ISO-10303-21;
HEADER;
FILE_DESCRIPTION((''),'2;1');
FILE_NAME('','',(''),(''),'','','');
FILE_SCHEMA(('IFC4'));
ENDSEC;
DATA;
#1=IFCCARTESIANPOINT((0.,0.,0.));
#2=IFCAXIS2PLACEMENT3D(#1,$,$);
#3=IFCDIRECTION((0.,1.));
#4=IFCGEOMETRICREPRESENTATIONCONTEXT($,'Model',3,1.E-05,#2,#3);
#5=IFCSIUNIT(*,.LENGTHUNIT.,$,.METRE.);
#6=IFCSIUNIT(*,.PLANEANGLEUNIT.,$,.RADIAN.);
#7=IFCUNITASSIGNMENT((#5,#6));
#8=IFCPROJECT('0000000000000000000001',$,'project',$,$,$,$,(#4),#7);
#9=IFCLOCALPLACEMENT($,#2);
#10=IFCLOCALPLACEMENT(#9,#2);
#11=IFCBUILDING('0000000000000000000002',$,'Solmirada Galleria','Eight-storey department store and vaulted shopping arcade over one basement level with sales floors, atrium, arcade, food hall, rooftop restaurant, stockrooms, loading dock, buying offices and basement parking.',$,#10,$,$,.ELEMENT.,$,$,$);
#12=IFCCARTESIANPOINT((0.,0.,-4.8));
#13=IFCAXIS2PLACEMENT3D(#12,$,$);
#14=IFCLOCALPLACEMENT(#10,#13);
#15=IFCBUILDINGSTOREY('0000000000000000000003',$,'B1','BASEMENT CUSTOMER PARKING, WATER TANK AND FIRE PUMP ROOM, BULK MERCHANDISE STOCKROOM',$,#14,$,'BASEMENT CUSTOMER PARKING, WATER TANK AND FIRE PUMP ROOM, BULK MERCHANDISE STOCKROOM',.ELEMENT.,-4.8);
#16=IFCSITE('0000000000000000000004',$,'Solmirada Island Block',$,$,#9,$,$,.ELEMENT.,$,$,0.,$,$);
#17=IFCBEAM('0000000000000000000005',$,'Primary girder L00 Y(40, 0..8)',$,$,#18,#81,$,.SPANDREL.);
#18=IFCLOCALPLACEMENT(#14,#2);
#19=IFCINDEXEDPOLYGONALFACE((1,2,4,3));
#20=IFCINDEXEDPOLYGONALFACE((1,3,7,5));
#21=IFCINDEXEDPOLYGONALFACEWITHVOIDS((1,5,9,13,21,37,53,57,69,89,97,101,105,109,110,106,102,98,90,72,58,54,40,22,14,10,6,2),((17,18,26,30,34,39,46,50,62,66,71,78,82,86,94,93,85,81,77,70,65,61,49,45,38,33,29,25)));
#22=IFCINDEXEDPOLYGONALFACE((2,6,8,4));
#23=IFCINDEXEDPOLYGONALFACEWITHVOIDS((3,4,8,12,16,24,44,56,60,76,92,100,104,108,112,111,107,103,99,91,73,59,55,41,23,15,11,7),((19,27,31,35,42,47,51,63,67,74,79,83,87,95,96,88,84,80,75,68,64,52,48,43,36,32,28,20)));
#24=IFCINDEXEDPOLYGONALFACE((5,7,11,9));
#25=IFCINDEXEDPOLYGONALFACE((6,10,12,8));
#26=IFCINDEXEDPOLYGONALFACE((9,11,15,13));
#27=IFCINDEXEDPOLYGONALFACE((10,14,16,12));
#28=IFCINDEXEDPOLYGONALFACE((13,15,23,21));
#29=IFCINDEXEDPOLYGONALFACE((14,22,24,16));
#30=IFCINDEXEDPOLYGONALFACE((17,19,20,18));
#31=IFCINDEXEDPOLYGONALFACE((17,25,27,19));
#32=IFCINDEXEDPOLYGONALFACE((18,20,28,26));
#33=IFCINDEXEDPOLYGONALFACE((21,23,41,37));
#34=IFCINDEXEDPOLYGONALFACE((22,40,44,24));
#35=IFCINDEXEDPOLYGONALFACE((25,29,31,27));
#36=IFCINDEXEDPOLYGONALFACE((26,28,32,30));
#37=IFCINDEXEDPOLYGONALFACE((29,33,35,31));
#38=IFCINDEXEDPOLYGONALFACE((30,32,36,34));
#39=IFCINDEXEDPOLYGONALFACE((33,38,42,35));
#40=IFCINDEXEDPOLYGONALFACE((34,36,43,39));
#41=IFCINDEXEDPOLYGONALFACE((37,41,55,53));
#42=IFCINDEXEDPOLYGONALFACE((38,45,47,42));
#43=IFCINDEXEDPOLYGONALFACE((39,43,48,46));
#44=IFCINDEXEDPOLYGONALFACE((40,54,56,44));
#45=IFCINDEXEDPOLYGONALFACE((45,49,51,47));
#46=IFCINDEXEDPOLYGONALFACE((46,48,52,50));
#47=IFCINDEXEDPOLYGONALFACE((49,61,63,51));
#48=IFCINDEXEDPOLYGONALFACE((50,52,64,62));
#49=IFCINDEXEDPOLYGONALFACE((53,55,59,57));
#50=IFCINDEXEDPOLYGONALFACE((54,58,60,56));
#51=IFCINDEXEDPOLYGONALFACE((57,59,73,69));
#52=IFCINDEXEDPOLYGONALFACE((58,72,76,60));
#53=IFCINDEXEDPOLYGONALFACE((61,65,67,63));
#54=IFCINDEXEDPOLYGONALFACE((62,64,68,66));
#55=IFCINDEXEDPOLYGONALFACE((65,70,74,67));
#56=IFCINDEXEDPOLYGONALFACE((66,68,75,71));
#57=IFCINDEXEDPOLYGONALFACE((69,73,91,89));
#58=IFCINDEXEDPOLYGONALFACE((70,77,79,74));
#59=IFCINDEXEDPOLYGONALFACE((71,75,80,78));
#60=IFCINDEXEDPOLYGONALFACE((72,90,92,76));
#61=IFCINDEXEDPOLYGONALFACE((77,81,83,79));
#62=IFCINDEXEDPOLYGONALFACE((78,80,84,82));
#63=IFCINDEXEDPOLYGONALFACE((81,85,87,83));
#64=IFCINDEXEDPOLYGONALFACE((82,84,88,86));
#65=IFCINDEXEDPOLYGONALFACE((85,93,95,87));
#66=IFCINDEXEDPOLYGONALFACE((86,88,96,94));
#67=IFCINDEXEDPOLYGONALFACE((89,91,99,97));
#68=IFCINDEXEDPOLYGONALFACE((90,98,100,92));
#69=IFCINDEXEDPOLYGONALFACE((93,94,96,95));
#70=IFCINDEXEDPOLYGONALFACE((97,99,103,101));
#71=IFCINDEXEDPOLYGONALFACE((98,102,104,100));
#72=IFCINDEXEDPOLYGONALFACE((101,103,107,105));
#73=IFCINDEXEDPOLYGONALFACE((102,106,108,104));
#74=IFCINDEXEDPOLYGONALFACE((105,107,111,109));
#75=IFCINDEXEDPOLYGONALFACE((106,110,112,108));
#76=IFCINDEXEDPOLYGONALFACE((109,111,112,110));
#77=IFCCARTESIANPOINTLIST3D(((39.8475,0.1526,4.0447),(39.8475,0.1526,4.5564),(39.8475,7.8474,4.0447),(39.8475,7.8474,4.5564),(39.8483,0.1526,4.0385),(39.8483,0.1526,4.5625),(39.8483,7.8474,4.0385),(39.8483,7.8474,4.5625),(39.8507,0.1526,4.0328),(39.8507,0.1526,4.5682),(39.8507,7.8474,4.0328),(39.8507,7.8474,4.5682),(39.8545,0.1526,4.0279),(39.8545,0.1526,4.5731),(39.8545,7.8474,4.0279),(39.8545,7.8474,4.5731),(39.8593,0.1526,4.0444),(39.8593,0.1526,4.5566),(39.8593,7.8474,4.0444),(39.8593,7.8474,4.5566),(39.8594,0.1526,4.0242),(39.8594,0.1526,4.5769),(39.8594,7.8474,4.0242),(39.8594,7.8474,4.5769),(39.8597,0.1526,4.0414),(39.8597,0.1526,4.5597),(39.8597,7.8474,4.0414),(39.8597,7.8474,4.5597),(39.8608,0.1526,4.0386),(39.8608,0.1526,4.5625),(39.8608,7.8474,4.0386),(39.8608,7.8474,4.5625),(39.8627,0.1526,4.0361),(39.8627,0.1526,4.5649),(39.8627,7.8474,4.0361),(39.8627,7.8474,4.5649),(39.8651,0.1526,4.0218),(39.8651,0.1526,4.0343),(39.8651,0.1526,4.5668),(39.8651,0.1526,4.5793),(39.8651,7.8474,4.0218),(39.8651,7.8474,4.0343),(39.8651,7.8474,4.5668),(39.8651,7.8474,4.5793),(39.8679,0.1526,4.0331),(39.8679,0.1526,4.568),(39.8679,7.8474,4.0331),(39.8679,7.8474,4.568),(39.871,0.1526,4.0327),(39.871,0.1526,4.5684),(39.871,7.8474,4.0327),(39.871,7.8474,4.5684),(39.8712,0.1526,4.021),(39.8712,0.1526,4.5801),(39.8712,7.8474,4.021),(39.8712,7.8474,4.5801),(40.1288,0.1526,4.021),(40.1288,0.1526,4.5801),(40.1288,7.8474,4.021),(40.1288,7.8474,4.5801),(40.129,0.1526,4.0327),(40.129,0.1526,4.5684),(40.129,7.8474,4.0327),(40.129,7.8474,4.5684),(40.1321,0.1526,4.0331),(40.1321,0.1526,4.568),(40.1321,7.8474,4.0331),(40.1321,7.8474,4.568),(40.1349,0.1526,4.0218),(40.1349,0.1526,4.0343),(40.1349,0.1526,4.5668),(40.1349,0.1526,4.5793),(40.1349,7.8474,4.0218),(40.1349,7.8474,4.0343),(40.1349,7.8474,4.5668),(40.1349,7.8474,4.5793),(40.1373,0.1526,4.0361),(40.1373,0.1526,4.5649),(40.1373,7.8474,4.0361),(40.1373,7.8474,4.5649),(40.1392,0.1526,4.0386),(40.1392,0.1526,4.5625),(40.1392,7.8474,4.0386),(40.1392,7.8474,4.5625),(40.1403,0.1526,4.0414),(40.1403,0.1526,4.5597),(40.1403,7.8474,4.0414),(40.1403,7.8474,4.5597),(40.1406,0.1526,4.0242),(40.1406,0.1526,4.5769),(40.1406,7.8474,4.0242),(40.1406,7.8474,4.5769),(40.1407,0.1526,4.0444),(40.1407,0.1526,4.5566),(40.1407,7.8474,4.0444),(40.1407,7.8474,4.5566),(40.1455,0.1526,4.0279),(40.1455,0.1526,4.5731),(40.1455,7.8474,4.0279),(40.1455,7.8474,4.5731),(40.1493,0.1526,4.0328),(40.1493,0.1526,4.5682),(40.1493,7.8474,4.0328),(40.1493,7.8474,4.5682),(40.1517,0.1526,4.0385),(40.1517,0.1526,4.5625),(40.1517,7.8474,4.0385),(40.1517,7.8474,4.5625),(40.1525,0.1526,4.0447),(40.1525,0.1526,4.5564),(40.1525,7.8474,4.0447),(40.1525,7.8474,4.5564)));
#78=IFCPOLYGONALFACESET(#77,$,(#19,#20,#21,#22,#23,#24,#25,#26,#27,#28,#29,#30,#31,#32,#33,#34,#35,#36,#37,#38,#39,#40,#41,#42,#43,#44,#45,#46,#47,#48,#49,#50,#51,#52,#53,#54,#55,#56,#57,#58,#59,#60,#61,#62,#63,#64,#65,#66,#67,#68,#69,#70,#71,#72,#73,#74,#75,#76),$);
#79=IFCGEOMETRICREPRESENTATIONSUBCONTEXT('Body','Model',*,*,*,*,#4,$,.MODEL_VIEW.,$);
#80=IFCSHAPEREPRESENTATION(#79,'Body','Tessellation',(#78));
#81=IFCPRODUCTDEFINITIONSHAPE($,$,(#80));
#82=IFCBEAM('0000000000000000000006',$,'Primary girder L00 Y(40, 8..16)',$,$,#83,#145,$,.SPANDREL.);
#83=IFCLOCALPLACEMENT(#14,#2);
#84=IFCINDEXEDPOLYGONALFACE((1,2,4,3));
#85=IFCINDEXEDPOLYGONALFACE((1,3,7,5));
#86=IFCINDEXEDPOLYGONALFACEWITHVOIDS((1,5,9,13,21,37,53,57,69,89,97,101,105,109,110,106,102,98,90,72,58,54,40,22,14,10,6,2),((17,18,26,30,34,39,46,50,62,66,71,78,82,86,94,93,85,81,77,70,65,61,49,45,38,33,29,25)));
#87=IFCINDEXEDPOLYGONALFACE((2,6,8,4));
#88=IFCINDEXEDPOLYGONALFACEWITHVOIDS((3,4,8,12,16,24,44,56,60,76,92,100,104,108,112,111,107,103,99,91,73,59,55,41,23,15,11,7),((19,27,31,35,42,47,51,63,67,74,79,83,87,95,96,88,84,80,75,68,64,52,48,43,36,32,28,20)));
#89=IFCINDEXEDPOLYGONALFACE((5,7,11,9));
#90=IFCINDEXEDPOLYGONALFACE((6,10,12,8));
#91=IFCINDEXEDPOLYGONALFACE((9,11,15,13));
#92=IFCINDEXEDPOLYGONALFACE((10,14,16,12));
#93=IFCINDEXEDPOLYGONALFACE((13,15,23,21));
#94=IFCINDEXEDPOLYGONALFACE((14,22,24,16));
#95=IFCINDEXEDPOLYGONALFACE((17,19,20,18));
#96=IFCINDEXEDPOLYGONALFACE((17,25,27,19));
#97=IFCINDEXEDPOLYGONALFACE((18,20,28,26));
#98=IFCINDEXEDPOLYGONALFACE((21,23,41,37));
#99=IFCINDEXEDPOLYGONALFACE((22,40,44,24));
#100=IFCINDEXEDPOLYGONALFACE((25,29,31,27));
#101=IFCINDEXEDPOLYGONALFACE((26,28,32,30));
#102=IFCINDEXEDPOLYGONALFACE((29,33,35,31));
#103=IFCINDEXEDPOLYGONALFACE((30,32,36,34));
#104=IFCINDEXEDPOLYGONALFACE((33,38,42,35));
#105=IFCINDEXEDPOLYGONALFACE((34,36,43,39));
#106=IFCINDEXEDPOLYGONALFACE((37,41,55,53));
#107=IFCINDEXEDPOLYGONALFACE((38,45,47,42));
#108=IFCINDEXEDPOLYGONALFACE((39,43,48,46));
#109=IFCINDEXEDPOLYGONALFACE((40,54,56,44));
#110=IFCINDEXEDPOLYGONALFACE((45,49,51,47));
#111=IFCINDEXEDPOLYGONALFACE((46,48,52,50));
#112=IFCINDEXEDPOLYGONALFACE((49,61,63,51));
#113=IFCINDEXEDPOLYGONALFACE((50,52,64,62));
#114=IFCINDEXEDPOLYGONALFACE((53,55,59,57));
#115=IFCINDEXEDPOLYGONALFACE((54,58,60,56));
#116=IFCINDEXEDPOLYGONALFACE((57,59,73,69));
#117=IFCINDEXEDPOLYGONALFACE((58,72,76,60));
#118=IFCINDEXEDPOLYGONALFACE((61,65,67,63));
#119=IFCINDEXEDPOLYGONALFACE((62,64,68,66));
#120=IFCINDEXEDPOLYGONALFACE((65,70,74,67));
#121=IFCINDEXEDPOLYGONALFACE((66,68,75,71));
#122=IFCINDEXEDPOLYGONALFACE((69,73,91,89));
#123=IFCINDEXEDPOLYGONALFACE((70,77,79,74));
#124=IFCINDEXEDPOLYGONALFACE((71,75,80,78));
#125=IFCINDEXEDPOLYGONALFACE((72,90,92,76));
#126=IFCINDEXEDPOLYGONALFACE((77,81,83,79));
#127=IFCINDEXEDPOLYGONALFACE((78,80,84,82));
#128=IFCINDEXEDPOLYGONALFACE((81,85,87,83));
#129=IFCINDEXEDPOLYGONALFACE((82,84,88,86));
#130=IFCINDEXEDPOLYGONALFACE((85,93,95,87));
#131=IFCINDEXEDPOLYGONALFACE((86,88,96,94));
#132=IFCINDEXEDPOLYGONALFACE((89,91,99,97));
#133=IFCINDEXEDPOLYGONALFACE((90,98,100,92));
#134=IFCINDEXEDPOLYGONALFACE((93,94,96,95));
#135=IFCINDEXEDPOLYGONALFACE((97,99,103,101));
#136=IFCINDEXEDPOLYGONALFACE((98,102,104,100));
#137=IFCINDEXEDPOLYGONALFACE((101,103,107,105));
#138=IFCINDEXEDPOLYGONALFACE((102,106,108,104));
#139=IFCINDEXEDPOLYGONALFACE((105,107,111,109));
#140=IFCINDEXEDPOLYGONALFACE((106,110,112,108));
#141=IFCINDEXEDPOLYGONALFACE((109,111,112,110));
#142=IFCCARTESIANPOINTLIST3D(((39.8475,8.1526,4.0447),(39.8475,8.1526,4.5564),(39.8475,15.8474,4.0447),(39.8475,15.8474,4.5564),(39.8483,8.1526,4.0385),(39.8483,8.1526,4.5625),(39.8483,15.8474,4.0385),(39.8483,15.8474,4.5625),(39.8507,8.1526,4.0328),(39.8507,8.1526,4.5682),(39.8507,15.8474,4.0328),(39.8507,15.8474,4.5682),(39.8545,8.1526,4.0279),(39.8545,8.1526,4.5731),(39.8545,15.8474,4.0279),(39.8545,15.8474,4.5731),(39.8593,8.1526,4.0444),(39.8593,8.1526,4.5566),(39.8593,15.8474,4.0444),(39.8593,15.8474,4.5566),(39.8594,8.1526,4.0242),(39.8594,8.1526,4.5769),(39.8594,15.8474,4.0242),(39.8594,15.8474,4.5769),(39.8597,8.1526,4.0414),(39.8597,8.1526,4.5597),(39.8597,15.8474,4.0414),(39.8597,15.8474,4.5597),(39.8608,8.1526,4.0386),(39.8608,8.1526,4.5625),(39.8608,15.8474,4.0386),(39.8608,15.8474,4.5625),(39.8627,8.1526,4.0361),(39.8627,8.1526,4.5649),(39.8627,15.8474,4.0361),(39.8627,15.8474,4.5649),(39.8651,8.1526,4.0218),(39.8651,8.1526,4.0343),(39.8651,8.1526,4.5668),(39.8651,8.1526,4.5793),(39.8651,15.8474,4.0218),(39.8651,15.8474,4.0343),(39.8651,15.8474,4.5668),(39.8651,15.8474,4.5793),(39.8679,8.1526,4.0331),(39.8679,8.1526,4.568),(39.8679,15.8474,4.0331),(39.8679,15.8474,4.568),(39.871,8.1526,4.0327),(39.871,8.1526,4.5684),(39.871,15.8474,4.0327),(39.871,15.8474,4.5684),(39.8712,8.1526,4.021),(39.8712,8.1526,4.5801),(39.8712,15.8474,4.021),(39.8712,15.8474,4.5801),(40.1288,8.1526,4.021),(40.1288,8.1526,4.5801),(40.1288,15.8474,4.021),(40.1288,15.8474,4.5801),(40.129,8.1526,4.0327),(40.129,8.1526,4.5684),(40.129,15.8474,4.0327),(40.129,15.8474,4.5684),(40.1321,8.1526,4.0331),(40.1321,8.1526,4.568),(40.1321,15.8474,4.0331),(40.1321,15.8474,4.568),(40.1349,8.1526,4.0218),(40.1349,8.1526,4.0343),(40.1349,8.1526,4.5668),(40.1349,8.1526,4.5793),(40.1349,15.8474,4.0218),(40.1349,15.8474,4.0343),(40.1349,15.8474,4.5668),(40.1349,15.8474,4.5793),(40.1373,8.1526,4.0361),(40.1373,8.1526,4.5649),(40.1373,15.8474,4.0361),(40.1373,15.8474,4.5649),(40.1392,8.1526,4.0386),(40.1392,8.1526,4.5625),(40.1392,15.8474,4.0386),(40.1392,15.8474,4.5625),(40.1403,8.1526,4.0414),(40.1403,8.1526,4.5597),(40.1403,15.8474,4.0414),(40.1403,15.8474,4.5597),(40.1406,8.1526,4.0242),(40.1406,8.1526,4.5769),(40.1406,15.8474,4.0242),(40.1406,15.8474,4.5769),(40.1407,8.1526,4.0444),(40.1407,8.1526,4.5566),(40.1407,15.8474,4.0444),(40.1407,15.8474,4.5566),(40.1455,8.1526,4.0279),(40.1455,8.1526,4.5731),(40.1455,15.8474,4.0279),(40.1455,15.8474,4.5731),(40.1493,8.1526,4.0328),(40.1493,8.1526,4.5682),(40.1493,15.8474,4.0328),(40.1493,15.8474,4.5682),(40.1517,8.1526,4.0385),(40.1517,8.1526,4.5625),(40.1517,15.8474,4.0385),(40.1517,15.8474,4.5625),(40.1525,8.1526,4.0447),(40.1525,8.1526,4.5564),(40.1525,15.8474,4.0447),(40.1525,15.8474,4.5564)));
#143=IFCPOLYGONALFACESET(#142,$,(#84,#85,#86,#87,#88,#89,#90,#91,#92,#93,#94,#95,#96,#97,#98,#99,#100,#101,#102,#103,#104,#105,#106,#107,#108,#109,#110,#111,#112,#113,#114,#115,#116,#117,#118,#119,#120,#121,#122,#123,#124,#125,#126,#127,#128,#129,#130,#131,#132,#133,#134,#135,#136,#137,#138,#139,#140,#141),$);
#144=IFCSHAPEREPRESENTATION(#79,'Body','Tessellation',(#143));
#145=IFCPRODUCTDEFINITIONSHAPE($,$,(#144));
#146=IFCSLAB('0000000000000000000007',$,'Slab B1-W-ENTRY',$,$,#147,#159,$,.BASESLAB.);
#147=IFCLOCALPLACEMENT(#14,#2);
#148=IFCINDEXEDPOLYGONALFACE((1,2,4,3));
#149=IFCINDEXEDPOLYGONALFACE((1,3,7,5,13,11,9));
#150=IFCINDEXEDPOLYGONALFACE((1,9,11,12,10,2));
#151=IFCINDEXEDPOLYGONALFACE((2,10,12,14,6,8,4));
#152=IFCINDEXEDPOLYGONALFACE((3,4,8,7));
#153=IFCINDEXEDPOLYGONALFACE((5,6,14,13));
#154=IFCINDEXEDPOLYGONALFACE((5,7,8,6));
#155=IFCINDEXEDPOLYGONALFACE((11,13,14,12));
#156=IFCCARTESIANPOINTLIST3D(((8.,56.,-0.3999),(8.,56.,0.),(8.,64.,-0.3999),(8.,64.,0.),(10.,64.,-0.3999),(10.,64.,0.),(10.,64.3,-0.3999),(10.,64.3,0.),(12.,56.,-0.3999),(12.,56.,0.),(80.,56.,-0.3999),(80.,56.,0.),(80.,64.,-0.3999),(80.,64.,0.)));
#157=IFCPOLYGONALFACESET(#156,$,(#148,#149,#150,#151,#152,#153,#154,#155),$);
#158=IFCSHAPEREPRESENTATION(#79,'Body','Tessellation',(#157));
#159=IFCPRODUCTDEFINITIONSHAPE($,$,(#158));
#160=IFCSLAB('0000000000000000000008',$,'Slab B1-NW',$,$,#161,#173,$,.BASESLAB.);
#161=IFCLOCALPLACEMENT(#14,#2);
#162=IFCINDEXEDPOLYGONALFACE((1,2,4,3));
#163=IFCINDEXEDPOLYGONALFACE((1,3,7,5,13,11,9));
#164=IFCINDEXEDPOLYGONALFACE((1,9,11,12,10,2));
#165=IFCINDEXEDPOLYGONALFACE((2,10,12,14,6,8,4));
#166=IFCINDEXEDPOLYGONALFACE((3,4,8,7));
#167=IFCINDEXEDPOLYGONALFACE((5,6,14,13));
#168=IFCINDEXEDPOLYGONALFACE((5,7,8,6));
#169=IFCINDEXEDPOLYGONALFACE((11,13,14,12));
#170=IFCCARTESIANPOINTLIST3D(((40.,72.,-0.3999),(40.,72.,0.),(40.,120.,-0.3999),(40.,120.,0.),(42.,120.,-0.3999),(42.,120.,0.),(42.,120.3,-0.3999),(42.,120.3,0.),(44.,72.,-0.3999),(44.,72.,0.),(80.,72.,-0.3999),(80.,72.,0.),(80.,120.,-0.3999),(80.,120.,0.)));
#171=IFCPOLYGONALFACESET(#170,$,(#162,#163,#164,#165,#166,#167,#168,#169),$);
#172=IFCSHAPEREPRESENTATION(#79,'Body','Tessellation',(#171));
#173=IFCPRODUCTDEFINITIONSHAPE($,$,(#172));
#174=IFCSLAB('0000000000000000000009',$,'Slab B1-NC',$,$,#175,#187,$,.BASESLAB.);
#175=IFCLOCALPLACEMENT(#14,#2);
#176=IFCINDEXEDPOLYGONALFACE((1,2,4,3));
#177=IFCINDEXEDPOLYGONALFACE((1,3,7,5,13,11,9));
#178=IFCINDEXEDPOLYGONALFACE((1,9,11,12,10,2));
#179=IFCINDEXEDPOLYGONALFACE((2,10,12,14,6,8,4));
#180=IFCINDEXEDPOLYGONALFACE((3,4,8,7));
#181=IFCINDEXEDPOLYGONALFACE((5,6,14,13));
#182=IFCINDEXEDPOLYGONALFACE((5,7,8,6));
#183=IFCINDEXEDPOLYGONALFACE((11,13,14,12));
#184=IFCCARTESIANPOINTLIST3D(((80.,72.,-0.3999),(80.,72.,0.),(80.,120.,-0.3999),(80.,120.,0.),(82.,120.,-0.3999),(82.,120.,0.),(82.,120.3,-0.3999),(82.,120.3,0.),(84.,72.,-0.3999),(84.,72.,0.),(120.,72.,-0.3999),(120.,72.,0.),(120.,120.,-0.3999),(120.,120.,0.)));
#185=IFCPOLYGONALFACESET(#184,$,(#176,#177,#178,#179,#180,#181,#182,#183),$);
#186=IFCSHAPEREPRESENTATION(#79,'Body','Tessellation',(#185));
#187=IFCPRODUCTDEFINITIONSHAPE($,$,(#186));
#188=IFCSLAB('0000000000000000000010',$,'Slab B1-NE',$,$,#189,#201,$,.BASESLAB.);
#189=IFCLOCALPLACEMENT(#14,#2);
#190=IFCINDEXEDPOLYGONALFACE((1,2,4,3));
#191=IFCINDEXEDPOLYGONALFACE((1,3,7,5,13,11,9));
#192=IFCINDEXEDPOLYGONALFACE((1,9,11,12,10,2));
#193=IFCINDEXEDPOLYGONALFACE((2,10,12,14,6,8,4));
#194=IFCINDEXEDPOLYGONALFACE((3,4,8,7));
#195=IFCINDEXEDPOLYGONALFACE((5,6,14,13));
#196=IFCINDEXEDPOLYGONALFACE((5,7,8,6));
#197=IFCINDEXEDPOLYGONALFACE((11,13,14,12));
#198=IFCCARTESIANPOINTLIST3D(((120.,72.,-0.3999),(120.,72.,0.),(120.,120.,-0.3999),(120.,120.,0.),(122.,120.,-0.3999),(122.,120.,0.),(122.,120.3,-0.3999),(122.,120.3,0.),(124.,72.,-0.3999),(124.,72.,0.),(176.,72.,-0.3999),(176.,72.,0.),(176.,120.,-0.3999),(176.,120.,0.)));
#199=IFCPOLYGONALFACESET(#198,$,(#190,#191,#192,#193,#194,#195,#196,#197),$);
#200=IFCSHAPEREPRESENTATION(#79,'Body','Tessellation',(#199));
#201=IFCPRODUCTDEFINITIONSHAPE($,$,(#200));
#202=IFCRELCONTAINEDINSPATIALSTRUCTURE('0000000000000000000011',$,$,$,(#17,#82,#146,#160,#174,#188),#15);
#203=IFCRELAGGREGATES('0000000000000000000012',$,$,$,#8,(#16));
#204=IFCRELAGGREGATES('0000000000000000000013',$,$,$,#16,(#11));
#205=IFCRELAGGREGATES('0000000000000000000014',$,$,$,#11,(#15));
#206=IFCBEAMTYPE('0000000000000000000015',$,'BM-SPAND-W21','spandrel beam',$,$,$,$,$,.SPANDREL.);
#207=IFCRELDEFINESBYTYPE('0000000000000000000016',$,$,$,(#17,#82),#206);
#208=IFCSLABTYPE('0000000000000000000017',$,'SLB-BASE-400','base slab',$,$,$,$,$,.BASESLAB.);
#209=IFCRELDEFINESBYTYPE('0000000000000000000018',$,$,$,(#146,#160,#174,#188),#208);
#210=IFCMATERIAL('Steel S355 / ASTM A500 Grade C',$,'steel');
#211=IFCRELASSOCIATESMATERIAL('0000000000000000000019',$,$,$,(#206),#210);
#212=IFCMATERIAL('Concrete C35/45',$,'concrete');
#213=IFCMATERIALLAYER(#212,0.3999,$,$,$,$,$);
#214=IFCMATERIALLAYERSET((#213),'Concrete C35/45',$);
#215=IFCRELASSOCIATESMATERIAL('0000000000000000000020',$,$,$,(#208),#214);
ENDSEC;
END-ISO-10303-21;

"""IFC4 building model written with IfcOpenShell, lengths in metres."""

from ifc_helpers import new_model, si_unit, direction, frame, origin, origin_2d, place, context, subcontext, project, spatial, polyline, hollow_rectangle, outline, extrude, material, layer, layer_set, material_profile, profile_set, type_object, element, save


model = new_model("IFC4")

# Units and contexts
model_context = context("Model", 3, precision=1e-05, world=origin(), true_north=direction((0.0, 1.0)))
body_context = subcontext(model_context, "Body", "Model", "MODEL_VIEW")
ifc_project = project(units=[si_unit("LENGTHUNIT", "METRE"), si_unit("PLANEANGLEUNIT", "RADIAN")], contexts=[model_context])

# Site, building, storey
site_placement = place(None, origin())
site = spatial("IfcSite", under=ifc_project, at=site_placement, Name="Solmirada Island Block", CompositionType="ELEMENT", RefElevation=0.0)
building_placement = place(site_placement, origin())
building = spatial("IfcBuilding", under=site, at=building_placement, Name="Solmirada Galleria", Description="Eight-storey department store and vaulted shopping arcade over one basement level with sales floors, atrium, arcade, food hall, rooftop restaurant, stockrooms, loading dock, buying offices and basement parking.", CompositionType="ELEMENT")
storey_placement = place(building_placement, frame((0.0, 0.0, -4.8)))
storey = spatial("IfcBuildingStorey", under=building, at=storey_placement, Name="B1", Description="BASEMENT CUSTOMER PARKING, WATER TANK AND FIRE PUMP ROOM, BULK MERCHANDISE STOCKROOM", LongName="BASEMENT CUSTOMER PARKING, WATER TANK AND FIRE PUMP ROOM, BULK MERCHANDISE STOCKROOM", CompositionType="ELEMENT", Elevation=-4.8)

# Shared definitions
ifc_material_1 = material(Name="Steel S355 / ASTM A500 Grade C", Category="steel")

# Beams
ifc_material_profile_1 = material_profile(ifc_material_1, hollow_rectangle(XDim=0.3049, YDim=0.5591, WallThickness=0.0117, InnerFilletRadius=0.0117, OuterFilletRadius=0.0237, at=origin_2d()), Name="HSS22X12X1/2")
ifc_profile_set_1 = profile_set([ifc_material_profile_1], Name="Steel S355 / ASTM A500 Grade C")
beam_type = type_object("IfcBeamType", Name="BM-SPAND-W21", Description="spandrel beam", PredefinedType="SPANDREL", material=ifc_profile_set_1)
for number, where, z_axis, x_axis, name in (
    (1, (40.0, 0.1526, 4.3005), (0.0, 1.0, 0.0), (-1.0, 0.0, 0.0), "Primary girder L00 Y(40, 0..8)"),
    (2, (40.0, 8.1526, 4.3005), (0.0, 1.0, 0.0), (-1.0, 0.0, 0.0), "Primary girder L00 Y(40, 8..16)"),
):
    element("IfcBeam", number, at=place(storey_placement, frame(where, z_axis=z_axis, x_axis=x_axis)), inside=storey, type_object=beam_type, Name=name, PredefinedType="SPANDREL", context=body_context, shape_type="SweptSolid", body=[
        extrude(hollow_rectangle(XDim=0.3049, YDim=0.5591, WallThickness=0.0117, InnerFilletRadius=0.0117, OuterFilletRadius=0.0237, at=origin_2d()), origin(), (0.0, 0.0, 1.0), 7.6948),
    ])

# Slabs
ifc_material_2 = material(Name="Concrete C35/45", Category="concrete")
ifc_layer_1 = layer(ifc_material_2, 0.3999)
ifc_layer_set_1 = layer_set([ifc_layer_1], Name="Concrete C35/45")
slab_type_1 = type_object("IfcSlabType", Name="SLB-BASE-400", Description="base slab", PredefinedType="BASESLAB", material=ifc_layer_set_1)
slab_1_placement = place(storey_placement, frame((0.0, 0.0, -0.3999)))
element("IfcSlab", 3, at=slab_1_placement, inside=storey, type_object=slab_type_1, Name="Slab B1-W-ENTRY", PredefinedType="BASESLAB", context=body_context, shape_type="SweptSolid", body=[
    extrude(outline(polyline([(8.0, 56.0), (12.0, 56.0), (12.0, 56.0), (80.0, 56.0), (80.0, 64.0), (10.0, 64.0), (10.0, 64.3), (8.0, 64.0), (8.0, 56.0)])), origin(), (0.0, 0.0, 1.0), 0.3999),
])
slab_2_placement = place(storey_placement, frame((0.0, 0.0, -0.3999)))
element("IfcSlab", 4, at=slab_2_placement, inside=storey, type_object=slab_type_1, Name="Slab B1-NW", PredefinedType="BASESLAB", context=body_context, shape_type="SweptSolid", body=[
    extrude(outline(polyline([(40.0, 72.0), (44.0, 72.0), (44.0, 72.0), (80.0, 72.0), (80.0, 120.0), (42.0, 120.0), (42.0, 120.3), (40.0, 120.0), (40.0, 72.0)])), origin(), (0.0, 0.0, 1.0), 0.3999),
])
slab_3_placement = place(storey_placement, frame((0.0, 0.0, -0.3999)))
element("IfcSlab", 5, at=slab_3_placement, inside=storey, type_object=slab_type_1, Name="Slab B1-NC", PredefinedType="BASESLAB", context=body_context, shape_type="SweptSolid", body=[
    extrude(outline(polyline([(80.0, 72.0), (84.0, 72.0), (84.0, 72.0), (120.0, 72.0), (120.0, 120.0), (82.0, 120.0), (82.0, 120.3), (80.0, 120.0), (80.0, 72.0)])), origin(), (0.0, 0.0, 1.0), 0.3999),
])
slab_4_placement = place(storey_placement, frame((0.0, 0.0, -0.3999)))
element("IfcSlab", 6, at=slab_4_placement, inside=storey, type_object=slab_type_1, Name="Slab B1-NE", PredefinedType="BASESLAB", context=body_context, shape_type="SweptSolid", body=[
    extrude(outline(polyline([(120.0, 72.0), (124.0, 72.0), (124.0, 72.0), (176.0, 72.0), (176.0, 120.0), (122.0, 120.0), (122.0, 120.3), (120.0, 120.0), (120.0, 72.0)])), origin(), (0.0, 0.0, 1.0), 0.3999),
])

save(model, "model.ifc")
